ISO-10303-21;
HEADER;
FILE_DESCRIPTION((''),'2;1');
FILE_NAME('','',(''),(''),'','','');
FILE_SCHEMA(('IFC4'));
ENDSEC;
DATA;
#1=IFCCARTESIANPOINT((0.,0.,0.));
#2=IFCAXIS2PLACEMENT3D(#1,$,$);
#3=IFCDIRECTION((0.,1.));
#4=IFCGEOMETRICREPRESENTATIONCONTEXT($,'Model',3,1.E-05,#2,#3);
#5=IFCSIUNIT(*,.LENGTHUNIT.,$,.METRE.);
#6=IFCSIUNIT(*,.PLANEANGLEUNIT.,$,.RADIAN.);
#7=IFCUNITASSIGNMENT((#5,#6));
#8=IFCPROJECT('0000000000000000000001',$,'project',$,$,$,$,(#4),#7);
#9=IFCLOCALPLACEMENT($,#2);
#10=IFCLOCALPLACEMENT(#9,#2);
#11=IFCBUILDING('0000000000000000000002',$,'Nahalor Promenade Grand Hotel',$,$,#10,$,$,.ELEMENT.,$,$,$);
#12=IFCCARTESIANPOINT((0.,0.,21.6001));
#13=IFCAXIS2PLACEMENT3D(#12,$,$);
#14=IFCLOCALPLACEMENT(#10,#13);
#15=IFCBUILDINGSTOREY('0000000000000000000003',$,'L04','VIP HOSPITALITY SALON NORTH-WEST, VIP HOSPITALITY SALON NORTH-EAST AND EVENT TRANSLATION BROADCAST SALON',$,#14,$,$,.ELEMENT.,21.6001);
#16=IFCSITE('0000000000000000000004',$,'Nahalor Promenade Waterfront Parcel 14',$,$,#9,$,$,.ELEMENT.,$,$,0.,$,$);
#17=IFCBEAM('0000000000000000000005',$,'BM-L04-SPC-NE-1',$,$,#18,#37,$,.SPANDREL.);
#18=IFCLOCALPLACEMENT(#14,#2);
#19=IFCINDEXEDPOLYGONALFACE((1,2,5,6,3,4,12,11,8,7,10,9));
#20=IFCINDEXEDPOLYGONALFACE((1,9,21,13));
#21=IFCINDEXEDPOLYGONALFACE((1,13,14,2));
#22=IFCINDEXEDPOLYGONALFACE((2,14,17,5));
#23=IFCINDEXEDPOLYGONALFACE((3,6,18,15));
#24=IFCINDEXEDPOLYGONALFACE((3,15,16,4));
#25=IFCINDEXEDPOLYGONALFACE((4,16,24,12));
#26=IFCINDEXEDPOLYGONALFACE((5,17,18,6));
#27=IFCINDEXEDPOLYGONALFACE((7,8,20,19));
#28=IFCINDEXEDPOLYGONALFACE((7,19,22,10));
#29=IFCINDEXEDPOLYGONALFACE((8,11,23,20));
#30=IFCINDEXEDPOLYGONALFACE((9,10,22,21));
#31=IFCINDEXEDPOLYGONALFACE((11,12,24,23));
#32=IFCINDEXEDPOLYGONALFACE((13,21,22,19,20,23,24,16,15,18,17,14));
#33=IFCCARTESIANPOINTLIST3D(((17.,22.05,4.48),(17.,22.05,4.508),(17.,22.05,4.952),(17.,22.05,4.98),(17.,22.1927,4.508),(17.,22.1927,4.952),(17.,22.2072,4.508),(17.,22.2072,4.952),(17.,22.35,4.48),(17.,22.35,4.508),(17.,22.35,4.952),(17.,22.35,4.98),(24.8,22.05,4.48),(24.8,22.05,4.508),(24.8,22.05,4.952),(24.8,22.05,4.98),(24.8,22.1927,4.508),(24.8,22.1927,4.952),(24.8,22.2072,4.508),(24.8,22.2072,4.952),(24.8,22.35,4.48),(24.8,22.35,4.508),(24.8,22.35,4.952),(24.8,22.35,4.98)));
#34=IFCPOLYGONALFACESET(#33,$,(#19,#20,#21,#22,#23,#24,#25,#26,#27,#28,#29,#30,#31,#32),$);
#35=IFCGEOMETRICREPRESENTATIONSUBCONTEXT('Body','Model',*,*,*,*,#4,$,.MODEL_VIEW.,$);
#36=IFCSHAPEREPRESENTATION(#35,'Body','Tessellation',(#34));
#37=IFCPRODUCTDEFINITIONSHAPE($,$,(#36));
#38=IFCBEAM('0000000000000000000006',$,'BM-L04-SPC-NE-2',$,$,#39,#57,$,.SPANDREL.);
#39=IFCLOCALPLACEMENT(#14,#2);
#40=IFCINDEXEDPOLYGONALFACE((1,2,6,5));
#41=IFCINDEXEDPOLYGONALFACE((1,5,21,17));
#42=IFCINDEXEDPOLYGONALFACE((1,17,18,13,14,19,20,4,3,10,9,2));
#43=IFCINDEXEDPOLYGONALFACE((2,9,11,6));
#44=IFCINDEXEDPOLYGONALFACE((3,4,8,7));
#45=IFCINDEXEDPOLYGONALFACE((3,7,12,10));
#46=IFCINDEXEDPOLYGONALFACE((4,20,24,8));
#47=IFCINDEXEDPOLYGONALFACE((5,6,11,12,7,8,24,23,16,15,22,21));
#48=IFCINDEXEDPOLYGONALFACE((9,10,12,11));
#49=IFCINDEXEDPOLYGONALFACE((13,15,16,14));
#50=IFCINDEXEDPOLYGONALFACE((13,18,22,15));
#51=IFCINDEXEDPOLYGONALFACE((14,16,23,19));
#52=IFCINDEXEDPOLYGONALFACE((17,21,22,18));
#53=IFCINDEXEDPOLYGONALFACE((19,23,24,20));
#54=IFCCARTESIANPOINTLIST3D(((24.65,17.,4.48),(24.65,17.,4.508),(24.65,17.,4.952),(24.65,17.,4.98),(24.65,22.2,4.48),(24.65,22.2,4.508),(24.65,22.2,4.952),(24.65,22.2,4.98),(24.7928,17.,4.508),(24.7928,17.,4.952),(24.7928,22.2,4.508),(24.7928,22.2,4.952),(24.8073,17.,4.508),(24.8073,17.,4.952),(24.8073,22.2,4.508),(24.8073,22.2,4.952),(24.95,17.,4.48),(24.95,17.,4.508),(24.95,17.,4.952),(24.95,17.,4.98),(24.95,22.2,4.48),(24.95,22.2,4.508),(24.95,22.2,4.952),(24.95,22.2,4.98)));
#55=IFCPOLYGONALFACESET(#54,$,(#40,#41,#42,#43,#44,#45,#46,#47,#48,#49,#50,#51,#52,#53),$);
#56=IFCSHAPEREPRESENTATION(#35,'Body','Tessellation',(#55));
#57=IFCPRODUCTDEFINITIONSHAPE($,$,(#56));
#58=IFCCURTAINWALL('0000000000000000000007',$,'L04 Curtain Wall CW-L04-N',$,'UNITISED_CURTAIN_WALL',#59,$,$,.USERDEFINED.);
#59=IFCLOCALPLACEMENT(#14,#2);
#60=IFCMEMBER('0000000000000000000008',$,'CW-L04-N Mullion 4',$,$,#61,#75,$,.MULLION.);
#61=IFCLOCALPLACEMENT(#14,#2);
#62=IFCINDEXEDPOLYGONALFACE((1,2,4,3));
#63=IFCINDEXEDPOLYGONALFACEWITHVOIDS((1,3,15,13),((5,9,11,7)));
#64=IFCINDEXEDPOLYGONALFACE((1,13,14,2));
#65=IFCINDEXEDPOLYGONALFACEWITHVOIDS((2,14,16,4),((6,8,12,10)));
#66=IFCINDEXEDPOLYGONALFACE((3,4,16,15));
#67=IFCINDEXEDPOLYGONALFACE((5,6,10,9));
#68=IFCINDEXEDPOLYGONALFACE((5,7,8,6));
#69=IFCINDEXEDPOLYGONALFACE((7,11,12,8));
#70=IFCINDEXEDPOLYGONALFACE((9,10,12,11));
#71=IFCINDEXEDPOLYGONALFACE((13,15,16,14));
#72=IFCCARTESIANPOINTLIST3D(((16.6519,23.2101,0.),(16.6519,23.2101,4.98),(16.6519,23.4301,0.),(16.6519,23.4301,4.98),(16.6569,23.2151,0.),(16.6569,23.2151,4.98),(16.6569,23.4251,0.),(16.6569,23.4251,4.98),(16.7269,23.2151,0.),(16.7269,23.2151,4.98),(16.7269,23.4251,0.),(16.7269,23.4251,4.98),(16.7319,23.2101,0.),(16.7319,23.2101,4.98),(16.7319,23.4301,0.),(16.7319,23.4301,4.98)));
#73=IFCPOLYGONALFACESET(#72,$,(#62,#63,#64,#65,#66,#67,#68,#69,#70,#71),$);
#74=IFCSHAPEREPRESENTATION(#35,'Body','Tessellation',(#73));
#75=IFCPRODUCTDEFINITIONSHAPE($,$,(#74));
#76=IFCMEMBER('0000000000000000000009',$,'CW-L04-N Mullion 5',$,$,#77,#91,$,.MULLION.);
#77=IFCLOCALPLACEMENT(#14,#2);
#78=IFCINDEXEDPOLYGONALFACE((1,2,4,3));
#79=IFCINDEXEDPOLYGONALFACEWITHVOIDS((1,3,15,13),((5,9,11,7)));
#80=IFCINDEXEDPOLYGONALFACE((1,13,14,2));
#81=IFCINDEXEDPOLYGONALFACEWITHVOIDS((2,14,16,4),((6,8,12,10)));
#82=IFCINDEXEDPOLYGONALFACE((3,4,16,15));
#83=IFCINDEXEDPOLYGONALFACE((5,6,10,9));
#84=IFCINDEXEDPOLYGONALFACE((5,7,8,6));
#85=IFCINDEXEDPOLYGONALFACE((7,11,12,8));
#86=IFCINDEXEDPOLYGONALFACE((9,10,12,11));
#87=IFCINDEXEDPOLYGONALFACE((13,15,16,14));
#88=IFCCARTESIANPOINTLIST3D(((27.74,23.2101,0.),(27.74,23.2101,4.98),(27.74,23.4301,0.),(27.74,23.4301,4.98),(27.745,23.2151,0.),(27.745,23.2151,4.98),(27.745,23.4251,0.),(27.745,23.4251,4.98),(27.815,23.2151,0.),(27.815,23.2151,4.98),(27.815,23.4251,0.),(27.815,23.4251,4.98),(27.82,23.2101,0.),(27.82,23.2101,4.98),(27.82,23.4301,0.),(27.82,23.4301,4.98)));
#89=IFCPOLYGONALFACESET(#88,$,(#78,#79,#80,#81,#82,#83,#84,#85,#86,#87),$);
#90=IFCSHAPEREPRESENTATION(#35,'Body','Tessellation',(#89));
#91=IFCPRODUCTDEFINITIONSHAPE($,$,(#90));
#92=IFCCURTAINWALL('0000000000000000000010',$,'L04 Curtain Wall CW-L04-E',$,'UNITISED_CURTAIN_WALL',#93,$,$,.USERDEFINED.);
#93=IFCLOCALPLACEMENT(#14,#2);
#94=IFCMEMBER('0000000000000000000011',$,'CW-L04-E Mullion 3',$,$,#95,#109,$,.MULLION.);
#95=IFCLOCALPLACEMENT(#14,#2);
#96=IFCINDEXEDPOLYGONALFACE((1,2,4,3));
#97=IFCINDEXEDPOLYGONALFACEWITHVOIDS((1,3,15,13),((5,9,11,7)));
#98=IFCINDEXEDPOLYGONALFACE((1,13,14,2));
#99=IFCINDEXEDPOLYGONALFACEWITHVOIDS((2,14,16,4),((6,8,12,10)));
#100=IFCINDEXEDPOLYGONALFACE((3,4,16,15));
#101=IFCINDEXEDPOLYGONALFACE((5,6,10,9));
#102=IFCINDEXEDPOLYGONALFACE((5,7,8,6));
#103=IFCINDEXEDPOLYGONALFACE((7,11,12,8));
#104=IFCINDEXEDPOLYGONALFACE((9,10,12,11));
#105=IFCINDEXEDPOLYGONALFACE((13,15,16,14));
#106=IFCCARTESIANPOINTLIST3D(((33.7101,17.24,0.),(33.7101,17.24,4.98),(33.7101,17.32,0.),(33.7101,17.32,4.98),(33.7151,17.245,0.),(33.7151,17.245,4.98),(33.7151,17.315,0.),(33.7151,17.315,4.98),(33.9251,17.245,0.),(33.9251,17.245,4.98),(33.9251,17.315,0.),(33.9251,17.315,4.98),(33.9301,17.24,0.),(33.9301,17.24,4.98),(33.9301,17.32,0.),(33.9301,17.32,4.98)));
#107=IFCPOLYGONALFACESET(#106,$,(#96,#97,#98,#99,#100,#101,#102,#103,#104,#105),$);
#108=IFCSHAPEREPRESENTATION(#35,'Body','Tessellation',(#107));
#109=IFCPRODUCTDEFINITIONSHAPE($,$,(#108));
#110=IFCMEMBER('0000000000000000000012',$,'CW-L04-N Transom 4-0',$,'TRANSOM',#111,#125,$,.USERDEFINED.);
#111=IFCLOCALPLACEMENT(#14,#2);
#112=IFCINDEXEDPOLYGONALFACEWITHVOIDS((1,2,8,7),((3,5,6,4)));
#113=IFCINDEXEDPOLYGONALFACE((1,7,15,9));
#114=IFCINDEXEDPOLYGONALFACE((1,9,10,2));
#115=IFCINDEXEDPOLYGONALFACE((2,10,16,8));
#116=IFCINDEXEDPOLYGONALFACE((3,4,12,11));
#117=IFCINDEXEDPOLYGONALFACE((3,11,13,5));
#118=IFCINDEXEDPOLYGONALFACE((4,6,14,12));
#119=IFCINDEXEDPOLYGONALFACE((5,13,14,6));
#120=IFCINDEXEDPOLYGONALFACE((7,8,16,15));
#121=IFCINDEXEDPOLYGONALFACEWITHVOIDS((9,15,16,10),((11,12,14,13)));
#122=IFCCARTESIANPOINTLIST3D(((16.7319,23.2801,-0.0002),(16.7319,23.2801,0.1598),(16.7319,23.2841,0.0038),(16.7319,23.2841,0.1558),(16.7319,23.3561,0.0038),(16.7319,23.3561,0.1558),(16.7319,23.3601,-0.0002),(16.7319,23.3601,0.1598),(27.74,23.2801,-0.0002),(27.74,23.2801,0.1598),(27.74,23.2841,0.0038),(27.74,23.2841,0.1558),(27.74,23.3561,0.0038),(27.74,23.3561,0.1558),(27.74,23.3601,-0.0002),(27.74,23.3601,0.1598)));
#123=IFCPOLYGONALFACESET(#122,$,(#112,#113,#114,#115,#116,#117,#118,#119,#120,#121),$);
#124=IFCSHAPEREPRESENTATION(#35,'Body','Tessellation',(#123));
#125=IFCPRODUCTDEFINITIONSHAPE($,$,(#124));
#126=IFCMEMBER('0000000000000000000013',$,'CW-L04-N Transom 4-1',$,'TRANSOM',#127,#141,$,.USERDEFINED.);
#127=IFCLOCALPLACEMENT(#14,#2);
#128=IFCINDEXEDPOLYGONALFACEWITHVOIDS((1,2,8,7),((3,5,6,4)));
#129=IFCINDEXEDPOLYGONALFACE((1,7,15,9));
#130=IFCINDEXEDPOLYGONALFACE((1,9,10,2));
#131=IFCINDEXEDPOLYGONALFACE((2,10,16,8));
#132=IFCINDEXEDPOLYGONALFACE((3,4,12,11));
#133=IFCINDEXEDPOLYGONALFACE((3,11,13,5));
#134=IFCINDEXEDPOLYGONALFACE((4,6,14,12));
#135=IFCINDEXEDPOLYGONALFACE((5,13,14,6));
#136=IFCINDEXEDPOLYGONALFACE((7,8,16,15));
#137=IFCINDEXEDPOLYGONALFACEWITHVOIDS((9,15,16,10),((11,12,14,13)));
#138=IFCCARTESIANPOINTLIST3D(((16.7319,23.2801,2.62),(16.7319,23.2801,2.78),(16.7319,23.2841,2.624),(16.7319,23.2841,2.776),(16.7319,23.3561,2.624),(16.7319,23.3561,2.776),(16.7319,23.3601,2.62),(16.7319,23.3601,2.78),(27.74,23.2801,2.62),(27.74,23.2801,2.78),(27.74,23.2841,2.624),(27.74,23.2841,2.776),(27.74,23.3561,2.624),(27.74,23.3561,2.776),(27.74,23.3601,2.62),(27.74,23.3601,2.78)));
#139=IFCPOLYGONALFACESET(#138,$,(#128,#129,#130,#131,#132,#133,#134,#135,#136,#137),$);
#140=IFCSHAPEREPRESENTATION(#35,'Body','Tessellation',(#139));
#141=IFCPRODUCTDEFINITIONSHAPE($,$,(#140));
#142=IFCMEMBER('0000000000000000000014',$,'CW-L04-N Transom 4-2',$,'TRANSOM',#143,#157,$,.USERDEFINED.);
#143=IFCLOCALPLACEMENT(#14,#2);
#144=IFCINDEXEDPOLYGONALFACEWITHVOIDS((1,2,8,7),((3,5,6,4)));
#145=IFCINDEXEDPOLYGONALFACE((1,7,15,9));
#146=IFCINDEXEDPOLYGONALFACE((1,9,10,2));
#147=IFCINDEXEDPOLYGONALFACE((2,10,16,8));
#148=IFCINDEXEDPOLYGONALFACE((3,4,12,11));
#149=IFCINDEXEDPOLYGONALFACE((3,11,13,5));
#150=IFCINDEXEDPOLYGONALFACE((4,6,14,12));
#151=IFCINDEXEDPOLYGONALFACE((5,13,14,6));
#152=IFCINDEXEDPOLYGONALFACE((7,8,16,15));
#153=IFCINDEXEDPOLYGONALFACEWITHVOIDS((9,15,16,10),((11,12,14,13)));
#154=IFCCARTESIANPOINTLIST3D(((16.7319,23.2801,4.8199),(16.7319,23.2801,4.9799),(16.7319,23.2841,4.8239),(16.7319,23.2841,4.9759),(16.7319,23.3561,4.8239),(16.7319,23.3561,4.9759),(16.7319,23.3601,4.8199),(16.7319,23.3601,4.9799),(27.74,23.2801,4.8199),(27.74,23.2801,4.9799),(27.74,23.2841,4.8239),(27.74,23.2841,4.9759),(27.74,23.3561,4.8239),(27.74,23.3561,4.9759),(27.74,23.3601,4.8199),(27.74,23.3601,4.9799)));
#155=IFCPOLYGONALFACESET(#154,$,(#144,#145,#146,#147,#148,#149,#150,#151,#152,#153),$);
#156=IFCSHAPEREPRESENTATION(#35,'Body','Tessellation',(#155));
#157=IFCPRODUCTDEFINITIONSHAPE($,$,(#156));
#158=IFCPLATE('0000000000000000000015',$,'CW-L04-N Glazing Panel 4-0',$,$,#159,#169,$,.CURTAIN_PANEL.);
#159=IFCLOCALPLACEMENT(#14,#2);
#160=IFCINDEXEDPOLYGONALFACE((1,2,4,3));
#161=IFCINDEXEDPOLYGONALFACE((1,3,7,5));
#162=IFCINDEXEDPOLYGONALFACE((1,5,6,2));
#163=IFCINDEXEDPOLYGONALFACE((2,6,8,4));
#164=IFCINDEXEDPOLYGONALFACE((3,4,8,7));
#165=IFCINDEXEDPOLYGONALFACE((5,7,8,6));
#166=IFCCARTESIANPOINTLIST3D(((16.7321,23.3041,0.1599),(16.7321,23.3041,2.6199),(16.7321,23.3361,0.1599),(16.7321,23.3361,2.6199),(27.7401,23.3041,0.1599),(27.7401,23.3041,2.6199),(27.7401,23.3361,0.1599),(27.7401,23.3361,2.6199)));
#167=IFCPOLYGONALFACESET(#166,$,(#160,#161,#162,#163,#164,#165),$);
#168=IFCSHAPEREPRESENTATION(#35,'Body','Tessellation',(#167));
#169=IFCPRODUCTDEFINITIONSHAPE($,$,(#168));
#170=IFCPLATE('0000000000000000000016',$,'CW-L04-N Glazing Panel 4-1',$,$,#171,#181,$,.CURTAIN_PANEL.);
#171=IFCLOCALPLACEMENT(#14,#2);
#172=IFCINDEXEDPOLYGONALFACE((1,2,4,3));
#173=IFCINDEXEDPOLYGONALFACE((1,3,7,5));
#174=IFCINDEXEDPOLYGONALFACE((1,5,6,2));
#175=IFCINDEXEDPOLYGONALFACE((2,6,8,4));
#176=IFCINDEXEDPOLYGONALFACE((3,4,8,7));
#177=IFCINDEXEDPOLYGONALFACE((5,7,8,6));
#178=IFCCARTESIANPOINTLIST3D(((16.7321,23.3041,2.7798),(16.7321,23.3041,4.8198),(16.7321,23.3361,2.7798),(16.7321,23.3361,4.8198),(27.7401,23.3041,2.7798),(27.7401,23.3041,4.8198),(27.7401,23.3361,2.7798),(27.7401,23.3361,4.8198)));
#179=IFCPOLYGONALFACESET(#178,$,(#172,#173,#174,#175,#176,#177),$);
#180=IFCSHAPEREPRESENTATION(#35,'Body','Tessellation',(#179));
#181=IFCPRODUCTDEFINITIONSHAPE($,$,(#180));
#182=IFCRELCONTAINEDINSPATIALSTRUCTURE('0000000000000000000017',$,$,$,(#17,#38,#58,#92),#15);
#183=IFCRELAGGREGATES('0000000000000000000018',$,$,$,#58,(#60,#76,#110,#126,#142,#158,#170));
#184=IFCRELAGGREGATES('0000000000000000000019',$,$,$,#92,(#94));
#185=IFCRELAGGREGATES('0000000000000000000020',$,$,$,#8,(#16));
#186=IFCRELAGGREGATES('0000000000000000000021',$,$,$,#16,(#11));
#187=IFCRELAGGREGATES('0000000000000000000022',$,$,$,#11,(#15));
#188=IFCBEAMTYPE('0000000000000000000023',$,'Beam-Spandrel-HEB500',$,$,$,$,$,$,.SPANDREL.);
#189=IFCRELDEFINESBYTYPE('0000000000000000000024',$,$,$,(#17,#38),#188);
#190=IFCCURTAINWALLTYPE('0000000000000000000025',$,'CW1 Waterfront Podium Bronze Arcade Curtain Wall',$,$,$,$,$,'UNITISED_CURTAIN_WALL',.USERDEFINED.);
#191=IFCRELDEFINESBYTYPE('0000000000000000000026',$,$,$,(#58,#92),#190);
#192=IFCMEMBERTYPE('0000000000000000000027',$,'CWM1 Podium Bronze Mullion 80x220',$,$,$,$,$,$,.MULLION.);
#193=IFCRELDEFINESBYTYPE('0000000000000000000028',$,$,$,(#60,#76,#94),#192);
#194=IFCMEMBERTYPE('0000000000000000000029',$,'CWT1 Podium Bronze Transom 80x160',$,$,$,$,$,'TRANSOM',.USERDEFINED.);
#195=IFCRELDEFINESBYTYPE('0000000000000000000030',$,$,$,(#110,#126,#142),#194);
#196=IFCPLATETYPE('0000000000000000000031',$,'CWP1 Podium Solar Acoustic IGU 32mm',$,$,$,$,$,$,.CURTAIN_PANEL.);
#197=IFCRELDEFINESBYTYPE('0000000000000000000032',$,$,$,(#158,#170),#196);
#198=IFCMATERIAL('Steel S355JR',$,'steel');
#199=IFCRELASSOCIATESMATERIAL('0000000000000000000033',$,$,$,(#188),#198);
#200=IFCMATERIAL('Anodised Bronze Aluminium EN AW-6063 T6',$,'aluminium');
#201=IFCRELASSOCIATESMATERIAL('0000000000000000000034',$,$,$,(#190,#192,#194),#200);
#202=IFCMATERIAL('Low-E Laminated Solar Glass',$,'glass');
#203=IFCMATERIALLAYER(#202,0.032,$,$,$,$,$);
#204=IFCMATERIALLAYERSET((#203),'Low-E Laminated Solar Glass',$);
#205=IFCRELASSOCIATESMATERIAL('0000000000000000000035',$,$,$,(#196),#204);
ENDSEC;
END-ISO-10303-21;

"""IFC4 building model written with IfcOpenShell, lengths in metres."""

from ifc_helpers import new_model, si_unit, direction, frame, origin, origin_2d, place, context, subcontext, project, spatial, rectangle, hollow_rectangle, i_section, extrude, source, transform, mapped, material, layer, layer_set, material_profile, profile_set, type_object, element, aggregate, save


model = new_model("IFC4")

# Units and contexts
model_context = context("Model", 3, precision=1e-05, world=origin(), true_north=direction((0.0, 1.0)))
body_context = subcontext(model_context, "Body", "Model", "MODEL_VIEW")
ifc_project = project(units=[si_unit("LENGTHUNIT", "METRE"), si_unit("PLANEANGLEUNIT", "RADIAN")], contexts=[model_context])

# Site, building, storey
site_placement = place(None, origin())
site = spatial("IfcSite", under=ifc_project, at=site_placement, Name="Nahalor Promenade Waterfront Parcel 14", CompositionType="ELEMENT", RefElevation=0.0)
building_placement = place(site_placement, origin())
building = spatial("IfcBuilding", under=site, at=building_placement, Name="Nahalor Promenade Grand Hotel", CompositionType="ELEMENT")
storey_placement = place(building_placement, frame((0.0, 0.0, 21.6001)))
storey = spatial("IfcBuildingStorey", under=building, at=storey_placement, Name="L04", Description="VIP HOSPITALITY SALON NORTH-WEST, VIP HOSPITALITY SALON NORTH-EAST AND EVENT TRANSLATION BROADCAST SALON", CompositionType="ELEMENT", Elevation=21.6001)

# Beams
ifc_material_1 = material(Name="Steel S355JR", Category="steel")
ifc_material_profile_1 = material_profile(ifc_material_1, i_section(OverallWidth=0.3, OverallDepth=0.5, WebThickness=0.0145, FlangeThickness=0.028, at=origin_2d()), Name="HEB 500")
ifc_profile_set_1 = profile_set([ifc_material_profile_1], Name="Steel S355JR")
beam_type_1 = type_object("IfcBeamType", Name="Beam-Spandrel-HEB500", PredefinedType="SPANDREL", material=ifc_profile_set_1)
shared_shape_1 = source(origin(), body_context, "Body", "SweptSolid", [
    extrude(i_section(OverallWidth=0.3, OverallDepth=0.5, WebThickness=0.0145, FlangeThickness=0.028, at=origin_2d()), origin(), (0.0, 0.0, 1.0), 7.8),
])
beam_1_placement = place(storey_placement, frame((17.0, 22.2, 4.73), z_axis=(1.0, 0.0, 0.0), x_axis=(0.0, 1.0, 0.0)))
element("IfcBeam", 1, at=beam_1_placement, inside=storey, type_object=beam_type_1, Name="BM-L04-SPC-NE-1", PredefinedType="SPANDREL", context=body_context, shape_type="MappedRepresentation", body=[
    mapped(shared_shape_1, transform((0.0, 0.0, 0.0), scale=1.0)),
])
shared_shape_2 = source(origin(), body_context, "Body", "SweptSolid", [
    extrude(i_section(OverallWidth=0.3, OverallDepth=0.5, WebThickness=0.0145, FlangeThickness=0.028, at=origin_2d()), origin(), (0.0, 0.0, 1.0), 5.2),
])
beam_2_placement = place(storey_placement, frame((24.8, 22.2, 4.73), z_axis=(0.0, -1.0, 0.0), x_axis=(1.0, 0.0, 0.0)))
element("IfcBeam", 2, at=beam_2_placement, inside=storey, type_object=beam_type_1, Name="BM-L04-SPC-NE-2", PredefinedType="SPANDREL", context=body_context, shape_type="MappedRepresentation", body=[
    mapped(shared_shape_2, transform((0.0, 0.0, 0.0), scale=1.0)),
])

# Curtain wall, members
ifc_material_2 = material(Name="Anodised Bronze Aluminium EN AW-6063 T6", Category="aluminium")
curtain_wall_type = type_object("IfcCurtainWallType", Name="CW1 Waterfront Podium Bronze Arcade Curtain Wall", ElementType="UNITISED_CURTAIN_WALL", PredefinedType="USERDEFINED", material=ifc_material_2)
curtain_wall_1_placement = place(storey_placement, origin())
curtain_wall_1 = element("IfcCurtainWall", 3, at=curtain_wall_1_placement, inside=storey, type_object=curtain_wall_type, Name="L04 Curtain Wall CW-L04-N", ObjectType="UNITISED_CURTAIN_WALL", PredefinedType="USERDEFINED")
ifc_material_profile_2 = material_profile(ifc_material_2, hollow_rectangle(XDim=0.08, YDim=0.22, WallThickness=0.005, at=origin_2d()), Name="CWM 80x220x5")
ifc_profile_set_2 = profile_set([ifc_material_profile_2], Name="Anodised Bronze Aluminium EN AW-6063 T6")
member_type_1 = type_object("IfcMemberType", Name="CWM1 Podium Bronze Mullion 80x220", PredefinedType="MULLION", material=ifc_profile_set_2)
shared_shape_3 = source(origin(), body_context, "Body", "SweptSolid", [
    extrude(hollow_rectangle(XDim=0.08, YDim=0.22, WallThickness=0.005, at=origin_2d()), origin(), (0.0, 0.0, 1.0), 4.98),
])
member_1_placement = place(storey_placement, frame((16.6919, 23.3201, 0.0), z_axis=(0.0, 0.0, 1.0), x_axis=(1.0, 0.0, 0.0)))
member_1 = element("IfcMember", 4, at=member_1_placement, type_object=member_type_1, Name="CW-L04-N Mullion 4", PredefinedType="MULLION", context=body_context, shape_type="MappedRepresentation", body=[
    mapped(shared_shape_3, transform((0.0, 0.0, 0.0), scale=1.0)),
])
member_2_placement = place(storey_placement, frame((27.78, 23.3201, 0.0), z_axis=(0.0, 0.0, 1.0), x_axis=(1.0, 0.0, 0.0)))
member_2 = element("IfcMember", 5, at=member_2_placement, type_object=member_type_1, Name="CW-L04-N Mullion 5", PredefinedType="MULLION", context=body_context, shape_type="MappedRepresentation", body=[
    mapped(shared_shape_3, transform((0.0, 0.0, 0.0), scale=1.0)),
])

# Curtain wall, member
curtain_wall_2_placement = place(storey_placement, origin())
curtain_wall_2 = element("IfcCurtainWall", 6, at=curtain_wall_2_placement, inside=storey, type_object=curtain_wall_type, Name="L04 Curtain Wall CW-L04-E", ObjectType="UNITISED_CURTAIN_WALL", PredefinedType="USERDEFINED")
member_3_placement = place(storey_placement, frame((33.8201, 17.28, 0.0), z_axis=(0.0, 0.0, 1.0), x_axis=(0.0, 1.0, 0.0)))
member_3 = element("IfcMember", 7, at=member_3_placement, type_object=member_type_1, Name="CW-L04-E Mullion 3", PredefinedType="MULLION", context=body_context, shape_type="MappedRepresentation", body=[
    mapped(shared_shape_3, transform((0.0, 0.0, 0.0), scale=1.0)),
])

# Members
ifc_material_profile_3 = material_profile(ifc_material_2, hollow_rectangle(XDim=0.08, YDim=0.16, WallThickness=0.004, at=origin_2d()), Name="CWT 80x160x4")
ifc_profile_set_3 = profile_set([ifc_material_profile_3], Name="Anodised Bronze Aluminium EN AW-6063 T6")
member_type_2 = type_object("IfcMemberType", Name="CWT1 Podium Bronze Transom 80x160", ElementType="TRANSOM", PredefinedType="USERDEFINED", material=ifc_profile_set_3)
shared_shape_4 = source(origin(), body_context, "Body", "SweptSolid", [
    extrude(hollow_rectangle(XDim=0.08, YDim=0.16, WallThickness=0.004, at=origin_2d()), origin(), (0.0, 0.0, 1.0), 11.0081),
])
member_4_placement = place(storey_placement, frame((16.7319, 23.3201, 0.0798), z_axis=(1.0, 0.0, 0.0), x_axis=(0.0, 1.0, 0.0)))
member_4 = element("IfcMember", 8, at=member_4_placement, type_object=member_type_2, Name="CW-L04-N Transom 4-0", ObjectType="TRANSOM", PredefinedType="USERDEFINED", context=body_context, shape_type="MappedRepresentation", body=[
    mapped(shared_shape_4, transform((0.0, 0.0, 0.0), scale=1.0)),
])
member_5_placement = place(storey_placement, frame((16.7319, 23.3201, 2.7), z_axis=(1.0, 0.0, 0.0), x_axis=(0.0, 1.0, 0.0)))
member_5 = element("IfcMember", 9, at=member_5_placement, type_object=member_type_2, Name="CW-L04-N Transom 4-1", ObjectType="TRANSOM", PredefinedType="USERDEFINED", context=body_context, shape_type="MappedRepresentation", body=[
    mapped(shared_shape_4, transform((0.0, 0.0, 0.0), scale=1.0)),
])
member_6_placement = place(storey_placement, frame((16.7319, 23.3201, 4.8999), z_axis=(1.0, 0.0, 0.0), x_axis=(0.0, 1.0, 0.0)))
member_6 = element("IfcMember", 10, at=member_6_placement, type_object=member_type_2, Name="CW-L04-N Transom 4-2", ObjectType="TRANSOM", PredefinedType="USERDEFINED", context=body_context, shape_type="MappedRepresentation", body=[
    mapped(shared_shape_4, transform((0.0, 0.0, 0.0), scale=1.0)),
])

# Plates
ifc_material_3 = material(Name="Low-E Laminated Solar Glass", Category="glass")
ifc_layer_1 = layer(ifc_material_3, 0.032)
ifc_layer_set_1 = layer_set([ifc_layer_1], Name="Low-E Laminated Solar Glass")
plate_type = type_object("IfcPlateType", Name="CWP1 Podium Solar Acoustic IGU 32mm", PredefinedType="CURTAIN_PANEL", material=ifc_layer_set_1)
shared_shape_5 = source(origin(), body_context, "Body", "SweptSolid", [
    extrude(rectangle(XDim=11.0081, YDim=0.032, at=origin_2d()), origin(), (0.0, 0.0, 1.0), 2.46),
])
plate_1_placement = place(storey_placement, frame((22.2361, 23.3201, 0.1599), z_axis=(0.0, 0.0, 1.0), x_axis=(1.0, 0.0, 0.0)))
plate_1 = element("IfcPlate", 11, at=plate_1_placement, type_object=plate_type, Name="CW-L04-N Glazing Panel 4-0", PredefinedType="CURTAIN_PANEL", context=body_context, shape_type="MappedRepresentation", body=[
    mapped(shared_shape_5, transform((0.0, 0.0, 0.0), scale=1.0)),
])
shared_shape_6 = source(origin(), body_context, "Body", "SweptSolid", [
    extrude(rectangle(XDim=11.0081, YDim=0.032, at=origin_2d()), origin(), (0.0, 0.0, 1.0), 2.04),
])
plate_2_placement = place(storey_placement, frame((22.2361, 23.3201, 2.7798), z_axis=(0.0, 0.0, 1.0), x_axis=(1.0, 0.0, 0.0)))
plate_2 = element("IfcPlate", 12, at=plate_2_placement, type_object=plate_type, Name="CW-L04-N Glazing Panel 4-1", PredefinedType="CURTAIN_PANEL", context=body_context, shape_type="MappedRepresentation", body=[
    mapped(shared_shape_6, transform((0.0, 0.0, 0.0), scale=1.0)),
])
aggregate(curtain_wall_1, [member_1, member_2, member_4, member_5, member_6, plate_1, plate_2])
aggregate(curtain_wall_2, [member_3])

save(model, "model.ifc")
